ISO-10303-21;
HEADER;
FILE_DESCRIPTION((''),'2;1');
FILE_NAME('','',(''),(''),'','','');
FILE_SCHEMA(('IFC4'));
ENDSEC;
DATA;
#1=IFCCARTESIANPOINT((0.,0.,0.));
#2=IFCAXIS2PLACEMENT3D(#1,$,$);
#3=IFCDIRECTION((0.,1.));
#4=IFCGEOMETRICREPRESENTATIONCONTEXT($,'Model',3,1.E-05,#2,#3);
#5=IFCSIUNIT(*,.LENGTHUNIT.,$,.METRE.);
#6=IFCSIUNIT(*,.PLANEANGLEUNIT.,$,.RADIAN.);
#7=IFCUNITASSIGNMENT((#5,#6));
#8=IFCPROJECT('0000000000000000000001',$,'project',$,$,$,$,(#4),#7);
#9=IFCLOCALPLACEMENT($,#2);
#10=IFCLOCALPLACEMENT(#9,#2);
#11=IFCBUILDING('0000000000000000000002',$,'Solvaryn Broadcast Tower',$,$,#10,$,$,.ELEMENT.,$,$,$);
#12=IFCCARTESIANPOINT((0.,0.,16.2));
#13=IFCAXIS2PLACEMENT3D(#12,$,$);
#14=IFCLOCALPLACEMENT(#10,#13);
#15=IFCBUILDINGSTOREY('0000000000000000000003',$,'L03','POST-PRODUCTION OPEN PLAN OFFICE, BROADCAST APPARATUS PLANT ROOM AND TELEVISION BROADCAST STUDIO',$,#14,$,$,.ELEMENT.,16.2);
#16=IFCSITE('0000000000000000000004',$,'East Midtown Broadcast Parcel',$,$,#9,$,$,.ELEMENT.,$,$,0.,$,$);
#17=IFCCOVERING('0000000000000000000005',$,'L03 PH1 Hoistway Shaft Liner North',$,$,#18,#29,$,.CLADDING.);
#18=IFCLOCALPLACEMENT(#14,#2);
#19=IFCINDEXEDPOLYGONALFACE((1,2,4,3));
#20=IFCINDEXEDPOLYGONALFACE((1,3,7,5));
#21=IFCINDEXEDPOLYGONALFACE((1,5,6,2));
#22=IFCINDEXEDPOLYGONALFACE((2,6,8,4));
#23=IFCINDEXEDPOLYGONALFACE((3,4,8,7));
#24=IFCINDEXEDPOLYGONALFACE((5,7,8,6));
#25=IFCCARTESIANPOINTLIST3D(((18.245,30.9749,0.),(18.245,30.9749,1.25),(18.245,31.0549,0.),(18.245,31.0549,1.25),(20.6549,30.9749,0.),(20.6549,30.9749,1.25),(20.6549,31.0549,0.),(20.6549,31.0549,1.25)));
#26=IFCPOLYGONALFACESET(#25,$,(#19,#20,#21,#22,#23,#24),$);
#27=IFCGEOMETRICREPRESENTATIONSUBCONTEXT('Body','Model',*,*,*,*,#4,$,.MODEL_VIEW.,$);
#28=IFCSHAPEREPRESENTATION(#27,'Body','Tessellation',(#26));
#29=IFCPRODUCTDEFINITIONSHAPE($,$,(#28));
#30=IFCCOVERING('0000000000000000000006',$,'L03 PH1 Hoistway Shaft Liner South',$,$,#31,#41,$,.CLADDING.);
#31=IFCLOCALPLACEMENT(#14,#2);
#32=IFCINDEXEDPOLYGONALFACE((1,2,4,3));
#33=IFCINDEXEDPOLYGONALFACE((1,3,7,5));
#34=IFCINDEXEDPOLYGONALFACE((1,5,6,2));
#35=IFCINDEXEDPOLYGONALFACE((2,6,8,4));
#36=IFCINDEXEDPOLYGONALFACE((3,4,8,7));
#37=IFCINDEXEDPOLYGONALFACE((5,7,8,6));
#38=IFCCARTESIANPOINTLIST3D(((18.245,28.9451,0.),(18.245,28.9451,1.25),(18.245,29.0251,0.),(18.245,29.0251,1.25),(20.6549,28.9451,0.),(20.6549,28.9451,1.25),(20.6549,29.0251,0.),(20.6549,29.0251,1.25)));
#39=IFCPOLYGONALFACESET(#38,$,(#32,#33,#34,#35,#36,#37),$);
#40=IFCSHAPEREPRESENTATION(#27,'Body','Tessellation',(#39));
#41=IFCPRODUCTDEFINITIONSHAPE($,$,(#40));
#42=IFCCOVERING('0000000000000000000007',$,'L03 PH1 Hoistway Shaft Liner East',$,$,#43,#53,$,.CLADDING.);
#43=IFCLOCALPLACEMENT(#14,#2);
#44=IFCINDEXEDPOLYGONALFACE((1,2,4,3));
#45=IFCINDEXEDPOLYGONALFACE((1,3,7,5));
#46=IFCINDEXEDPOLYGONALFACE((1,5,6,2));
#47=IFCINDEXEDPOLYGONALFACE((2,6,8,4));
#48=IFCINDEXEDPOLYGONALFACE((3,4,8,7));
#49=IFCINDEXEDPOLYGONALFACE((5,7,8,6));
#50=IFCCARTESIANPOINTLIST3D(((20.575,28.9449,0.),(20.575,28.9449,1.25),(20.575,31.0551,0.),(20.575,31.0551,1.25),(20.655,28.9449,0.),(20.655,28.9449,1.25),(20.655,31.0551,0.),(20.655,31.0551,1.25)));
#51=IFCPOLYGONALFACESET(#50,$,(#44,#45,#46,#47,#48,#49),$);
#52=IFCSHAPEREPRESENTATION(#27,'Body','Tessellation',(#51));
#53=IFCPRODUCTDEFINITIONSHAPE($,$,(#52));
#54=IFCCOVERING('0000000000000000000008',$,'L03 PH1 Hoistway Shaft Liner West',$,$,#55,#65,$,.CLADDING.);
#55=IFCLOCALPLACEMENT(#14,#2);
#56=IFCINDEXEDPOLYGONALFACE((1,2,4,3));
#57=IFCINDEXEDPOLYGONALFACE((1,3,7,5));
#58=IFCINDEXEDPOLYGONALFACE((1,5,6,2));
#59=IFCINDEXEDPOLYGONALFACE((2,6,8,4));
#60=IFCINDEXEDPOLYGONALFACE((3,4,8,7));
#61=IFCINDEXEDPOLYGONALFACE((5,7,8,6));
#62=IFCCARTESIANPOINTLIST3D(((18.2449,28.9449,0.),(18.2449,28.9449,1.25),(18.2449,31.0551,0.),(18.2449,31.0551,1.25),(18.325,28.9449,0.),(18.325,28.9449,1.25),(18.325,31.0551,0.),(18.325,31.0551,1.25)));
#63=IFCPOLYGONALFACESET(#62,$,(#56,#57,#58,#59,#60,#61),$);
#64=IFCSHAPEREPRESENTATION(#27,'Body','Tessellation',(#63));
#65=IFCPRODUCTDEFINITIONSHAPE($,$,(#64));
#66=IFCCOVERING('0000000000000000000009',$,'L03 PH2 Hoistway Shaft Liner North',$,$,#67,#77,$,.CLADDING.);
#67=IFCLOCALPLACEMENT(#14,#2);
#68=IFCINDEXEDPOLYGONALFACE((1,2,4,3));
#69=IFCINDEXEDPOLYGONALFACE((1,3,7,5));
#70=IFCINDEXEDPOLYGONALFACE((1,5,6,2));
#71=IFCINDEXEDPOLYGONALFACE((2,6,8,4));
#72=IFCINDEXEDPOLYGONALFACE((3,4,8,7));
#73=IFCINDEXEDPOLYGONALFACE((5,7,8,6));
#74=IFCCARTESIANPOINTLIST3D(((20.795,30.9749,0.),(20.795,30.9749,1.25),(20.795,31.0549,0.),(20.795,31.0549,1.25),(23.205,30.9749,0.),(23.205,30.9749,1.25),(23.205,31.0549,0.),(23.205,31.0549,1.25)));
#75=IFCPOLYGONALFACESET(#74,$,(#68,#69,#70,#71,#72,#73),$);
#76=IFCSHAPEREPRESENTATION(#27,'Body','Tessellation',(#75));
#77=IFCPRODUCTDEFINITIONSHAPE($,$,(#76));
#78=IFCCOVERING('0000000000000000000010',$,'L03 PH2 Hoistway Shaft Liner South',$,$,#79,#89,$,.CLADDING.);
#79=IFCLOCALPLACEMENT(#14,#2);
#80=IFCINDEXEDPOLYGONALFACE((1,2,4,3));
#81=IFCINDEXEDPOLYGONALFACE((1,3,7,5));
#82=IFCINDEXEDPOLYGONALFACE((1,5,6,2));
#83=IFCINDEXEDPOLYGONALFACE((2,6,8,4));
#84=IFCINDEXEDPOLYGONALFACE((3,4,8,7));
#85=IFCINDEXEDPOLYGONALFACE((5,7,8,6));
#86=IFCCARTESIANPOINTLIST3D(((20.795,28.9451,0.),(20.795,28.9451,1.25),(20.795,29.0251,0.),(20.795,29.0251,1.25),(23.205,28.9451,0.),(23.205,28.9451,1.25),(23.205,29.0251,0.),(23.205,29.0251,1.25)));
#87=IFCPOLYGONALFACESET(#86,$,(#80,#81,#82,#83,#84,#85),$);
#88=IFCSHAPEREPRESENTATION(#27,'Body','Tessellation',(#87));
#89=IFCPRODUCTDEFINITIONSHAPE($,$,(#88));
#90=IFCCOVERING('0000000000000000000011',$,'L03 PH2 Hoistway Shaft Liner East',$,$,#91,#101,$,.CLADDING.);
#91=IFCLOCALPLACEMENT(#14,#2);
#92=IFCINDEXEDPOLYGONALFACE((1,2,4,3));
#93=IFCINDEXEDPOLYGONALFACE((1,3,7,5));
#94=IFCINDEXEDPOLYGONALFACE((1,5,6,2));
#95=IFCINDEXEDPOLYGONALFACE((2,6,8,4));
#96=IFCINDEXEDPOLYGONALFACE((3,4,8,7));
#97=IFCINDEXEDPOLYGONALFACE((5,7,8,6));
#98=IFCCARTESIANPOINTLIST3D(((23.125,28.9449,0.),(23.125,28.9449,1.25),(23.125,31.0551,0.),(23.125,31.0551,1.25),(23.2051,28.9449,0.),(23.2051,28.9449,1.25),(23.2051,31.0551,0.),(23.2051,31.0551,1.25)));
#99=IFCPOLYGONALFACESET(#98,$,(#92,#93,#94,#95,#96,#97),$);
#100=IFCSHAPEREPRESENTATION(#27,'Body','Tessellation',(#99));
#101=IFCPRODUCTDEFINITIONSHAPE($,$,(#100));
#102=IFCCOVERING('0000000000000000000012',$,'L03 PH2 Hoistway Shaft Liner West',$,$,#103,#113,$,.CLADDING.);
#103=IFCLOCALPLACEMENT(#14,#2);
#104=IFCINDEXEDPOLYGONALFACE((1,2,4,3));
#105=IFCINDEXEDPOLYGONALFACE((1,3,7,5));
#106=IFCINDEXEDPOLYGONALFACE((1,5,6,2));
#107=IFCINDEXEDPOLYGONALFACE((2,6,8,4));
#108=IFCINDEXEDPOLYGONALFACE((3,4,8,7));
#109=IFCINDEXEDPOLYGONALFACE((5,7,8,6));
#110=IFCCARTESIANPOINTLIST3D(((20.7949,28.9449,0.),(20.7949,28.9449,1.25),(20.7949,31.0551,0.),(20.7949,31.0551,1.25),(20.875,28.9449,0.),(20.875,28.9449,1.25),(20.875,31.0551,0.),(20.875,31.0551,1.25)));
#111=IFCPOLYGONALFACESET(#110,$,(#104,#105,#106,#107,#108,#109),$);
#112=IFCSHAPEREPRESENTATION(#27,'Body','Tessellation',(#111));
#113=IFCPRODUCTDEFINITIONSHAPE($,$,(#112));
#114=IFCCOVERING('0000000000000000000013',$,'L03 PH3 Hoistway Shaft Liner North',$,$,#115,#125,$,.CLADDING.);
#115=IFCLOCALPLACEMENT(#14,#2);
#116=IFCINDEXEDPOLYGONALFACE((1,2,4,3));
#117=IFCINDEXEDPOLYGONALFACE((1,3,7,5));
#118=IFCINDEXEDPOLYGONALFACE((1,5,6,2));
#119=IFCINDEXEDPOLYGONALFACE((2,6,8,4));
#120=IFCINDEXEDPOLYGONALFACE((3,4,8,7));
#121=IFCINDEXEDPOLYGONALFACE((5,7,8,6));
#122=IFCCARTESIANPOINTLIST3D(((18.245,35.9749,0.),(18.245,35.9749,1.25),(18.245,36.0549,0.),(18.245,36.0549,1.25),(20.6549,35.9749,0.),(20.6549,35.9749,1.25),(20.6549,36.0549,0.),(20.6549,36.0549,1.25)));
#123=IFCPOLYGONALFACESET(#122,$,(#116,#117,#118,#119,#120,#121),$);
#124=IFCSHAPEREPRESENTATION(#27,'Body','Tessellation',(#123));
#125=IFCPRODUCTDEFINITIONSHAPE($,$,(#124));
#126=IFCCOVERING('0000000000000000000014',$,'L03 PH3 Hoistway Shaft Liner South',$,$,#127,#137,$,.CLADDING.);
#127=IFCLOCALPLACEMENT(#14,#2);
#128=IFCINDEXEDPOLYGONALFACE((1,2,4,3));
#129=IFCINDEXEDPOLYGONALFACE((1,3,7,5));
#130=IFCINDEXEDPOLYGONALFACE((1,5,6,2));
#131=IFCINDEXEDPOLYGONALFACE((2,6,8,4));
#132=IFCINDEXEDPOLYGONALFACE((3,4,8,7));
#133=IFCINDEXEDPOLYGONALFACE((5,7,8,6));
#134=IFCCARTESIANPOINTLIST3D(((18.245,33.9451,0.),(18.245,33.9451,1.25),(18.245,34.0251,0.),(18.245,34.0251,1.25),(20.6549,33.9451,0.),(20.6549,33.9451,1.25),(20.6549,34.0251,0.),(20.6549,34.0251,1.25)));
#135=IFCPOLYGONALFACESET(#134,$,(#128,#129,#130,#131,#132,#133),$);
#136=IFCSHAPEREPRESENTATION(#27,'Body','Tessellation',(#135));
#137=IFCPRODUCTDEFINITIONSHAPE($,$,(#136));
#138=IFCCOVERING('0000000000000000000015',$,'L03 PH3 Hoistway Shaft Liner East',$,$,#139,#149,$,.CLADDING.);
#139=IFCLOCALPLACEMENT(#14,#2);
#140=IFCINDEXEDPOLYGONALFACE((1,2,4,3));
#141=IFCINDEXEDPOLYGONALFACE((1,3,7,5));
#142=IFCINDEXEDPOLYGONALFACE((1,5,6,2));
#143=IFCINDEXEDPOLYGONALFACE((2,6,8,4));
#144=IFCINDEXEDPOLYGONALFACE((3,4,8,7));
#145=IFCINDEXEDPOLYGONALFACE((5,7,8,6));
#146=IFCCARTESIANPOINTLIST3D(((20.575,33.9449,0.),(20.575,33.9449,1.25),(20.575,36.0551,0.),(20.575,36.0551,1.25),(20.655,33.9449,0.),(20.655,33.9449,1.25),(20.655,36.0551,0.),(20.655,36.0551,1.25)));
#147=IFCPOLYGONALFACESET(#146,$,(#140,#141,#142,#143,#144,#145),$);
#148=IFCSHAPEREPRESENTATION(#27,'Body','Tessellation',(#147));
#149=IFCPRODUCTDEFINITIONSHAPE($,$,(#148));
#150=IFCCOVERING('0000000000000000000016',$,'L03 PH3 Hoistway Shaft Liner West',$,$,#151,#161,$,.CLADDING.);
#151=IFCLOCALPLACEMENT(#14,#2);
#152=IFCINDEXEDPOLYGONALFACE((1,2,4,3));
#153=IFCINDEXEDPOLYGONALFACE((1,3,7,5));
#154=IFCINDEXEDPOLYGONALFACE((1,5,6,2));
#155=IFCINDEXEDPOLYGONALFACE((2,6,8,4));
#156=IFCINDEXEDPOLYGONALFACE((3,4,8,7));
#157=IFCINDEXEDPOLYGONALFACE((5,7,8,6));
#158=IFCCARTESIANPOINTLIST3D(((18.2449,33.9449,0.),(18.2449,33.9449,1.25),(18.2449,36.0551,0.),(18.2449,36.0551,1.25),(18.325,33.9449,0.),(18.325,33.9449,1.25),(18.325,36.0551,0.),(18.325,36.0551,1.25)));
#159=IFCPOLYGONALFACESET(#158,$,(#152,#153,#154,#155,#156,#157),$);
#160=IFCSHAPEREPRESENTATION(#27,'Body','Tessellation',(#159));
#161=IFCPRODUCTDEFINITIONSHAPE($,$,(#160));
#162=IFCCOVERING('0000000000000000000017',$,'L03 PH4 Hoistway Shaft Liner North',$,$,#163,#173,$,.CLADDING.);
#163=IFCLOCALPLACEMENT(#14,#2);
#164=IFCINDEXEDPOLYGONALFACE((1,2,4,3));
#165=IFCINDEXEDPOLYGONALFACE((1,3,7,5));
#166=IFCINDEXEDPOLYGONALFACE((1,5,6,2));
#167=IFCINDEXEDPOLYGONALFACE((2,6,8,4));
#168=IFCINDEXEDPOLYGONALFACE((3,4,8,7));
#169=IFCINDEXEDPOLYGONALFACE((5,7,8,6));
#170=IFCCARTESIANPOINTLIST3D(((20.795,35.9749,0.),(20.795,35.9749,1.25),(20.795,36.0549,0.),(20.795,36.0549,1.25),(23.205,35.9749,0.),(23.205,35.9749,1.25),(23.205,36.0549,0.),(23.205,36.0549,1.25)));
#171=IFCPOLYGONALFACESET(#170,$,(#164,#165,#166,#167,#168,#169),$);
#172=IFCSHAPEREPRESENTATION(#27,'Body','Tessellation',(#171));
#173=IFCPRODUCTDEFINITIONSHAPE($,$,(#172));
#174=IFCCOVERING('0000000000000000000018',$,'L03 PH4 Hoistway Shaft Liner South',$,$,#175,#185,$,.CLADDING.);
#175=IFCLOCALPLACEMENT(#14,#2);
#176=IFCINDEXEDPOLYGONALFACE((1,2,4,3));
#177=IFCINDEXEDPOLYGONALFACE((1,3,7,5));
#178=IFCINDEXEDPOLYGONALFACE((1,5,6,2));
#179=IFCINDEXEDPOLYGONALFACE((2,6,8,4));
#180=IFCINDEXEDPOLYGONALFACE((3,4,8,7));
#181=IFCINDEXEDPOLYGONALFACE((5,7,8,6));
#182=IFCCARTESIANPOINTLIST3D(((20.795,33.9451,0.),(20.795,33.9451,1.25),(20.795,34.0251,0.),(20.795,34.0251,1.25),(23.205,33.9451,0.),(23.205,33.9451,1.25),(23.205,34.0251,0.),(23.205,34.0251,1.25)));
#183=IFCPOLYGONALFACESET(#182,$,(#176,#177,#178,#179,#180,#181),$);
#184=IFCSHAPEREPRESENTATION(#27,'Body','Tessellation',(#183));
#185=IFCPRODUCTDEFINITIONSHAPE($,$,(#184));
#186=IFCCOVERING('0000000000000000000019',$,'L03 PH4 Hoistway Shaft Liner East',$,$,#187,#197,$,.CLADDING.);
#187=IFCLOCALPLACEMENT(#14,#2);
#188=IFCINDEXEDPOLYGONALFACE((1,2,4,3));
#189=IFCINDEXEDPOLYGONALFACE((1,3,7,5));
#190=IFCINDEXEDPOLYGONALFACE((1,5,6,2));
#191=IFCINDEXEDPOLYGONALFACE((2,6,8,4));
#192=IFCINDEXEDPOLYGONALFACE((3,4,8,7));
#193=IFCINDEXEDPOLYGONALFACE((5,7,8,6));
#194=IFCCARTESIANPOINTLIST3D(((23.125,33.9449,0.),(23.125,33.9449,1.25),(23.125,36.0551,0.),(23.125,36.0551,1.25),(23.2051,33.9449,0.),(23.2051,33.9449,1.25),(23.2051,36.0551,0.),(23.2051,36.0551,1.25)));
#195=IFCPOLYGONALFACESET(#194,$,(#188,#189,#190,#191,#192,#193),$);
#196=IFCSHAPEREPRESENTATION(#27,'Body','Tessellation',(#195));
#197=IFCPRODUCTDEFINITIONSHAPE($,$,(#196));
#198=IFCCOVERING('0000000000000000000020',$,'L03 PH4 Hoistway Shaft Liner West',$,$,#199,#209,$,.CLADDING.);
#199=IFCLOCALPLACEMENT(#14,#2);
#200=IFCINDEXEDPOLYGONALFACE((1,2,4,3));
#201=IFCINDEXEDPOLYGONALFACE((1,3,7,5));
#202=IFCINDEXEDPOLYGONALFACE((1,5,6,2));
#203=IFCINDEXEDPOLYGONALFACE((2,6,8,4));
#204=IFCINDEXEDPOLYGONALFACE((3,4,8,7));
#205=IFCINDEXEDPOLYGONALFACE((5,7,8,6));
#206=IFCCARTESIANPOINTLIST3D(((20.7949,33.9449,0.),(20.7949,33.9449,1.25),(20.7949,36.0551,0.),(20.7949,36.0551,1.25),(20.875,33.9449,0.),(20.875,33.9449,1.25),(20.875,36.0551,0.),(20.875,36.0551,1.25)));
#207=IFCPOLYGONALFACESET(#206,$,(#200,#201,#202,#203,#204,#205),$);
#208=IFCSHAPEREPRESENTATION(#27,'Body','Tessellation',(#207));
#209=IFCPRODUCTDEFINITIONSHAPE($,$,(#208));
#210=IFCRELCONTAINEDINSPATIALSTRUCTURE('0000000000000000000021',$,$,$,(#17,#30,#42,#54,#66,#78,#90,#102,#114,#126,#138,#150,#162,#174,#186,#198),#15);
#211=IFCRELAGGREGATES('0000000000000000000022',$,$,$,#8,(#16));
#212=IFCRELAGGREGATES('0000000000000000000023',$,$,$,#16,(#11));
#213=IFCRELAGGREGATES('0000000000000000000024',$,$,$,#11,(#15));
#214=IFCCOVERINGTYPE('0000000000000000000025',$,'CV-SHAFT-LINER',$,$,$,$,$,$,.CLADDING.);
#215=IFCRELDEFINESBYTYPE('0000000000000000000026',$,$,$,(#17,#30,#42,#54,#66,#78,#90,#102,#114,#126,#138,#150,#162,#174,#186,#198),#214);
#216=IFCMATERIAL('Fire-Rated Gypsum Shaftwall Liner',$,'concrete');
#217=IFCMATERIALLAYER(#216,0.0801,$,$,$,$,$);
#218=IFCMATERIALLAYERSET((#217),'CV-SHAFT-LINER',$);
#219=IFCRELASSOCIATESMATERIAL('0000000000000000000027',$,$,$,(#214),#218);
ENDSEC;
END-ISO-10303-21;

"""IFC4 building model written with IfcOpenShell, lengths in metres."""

from ifc_helpers import new_model, si_unit, direction, frame, origin, origin_2d, place, context, subcontext, project, spatial, rectangle, extrude, material, layer, layer_set, type_object, element, save


model = new_model("IFC4")

# Units and contexts
model_context = context("Model", 3, precision=1e-05, world=origin(), true_north=direction((0.0, 1.0)))
body_context = subcontext(model_context, "Body", "Model", "MODEL_VIEW")
ifc_project = project(units=[si_unit("LENGTHUNIT", "METRE"), si_unit("PLANEANGLEUNIT", "RADIAN")], contexts=[model_context])

# Site, building, storey
site_placement = place(None, origin())
site = spatial("IfcSite", under=ifc_project, at=site_placement, Name="East Midtown Broadcast Parcel", CompositionType="ELEMENT", RefElevation=0.0)
building_placement = place(site_placement, origin())
building = spatial("IfcBuilding", under=site, at=building_placement, Name="Solvaryn Broadcast Tower", CompositionType="ELEMENT")
storey_placement = place(building_placement, frame((0.0, 0.0, 16.2)))
storey = spatial("IfcBuildingStorey", under=building, at=storey_placement, Name="L03", Description="POST-PRODUCTION OPEN PLAN OFFICE, BROADCAST APPARATUS PLANT ROOM AND TELEVISION BROADCAST STUDIO", CompositionType="ELEMENT", Elevation=16.2)

# Coverings
ifc_material_1 = material(Name="Fire-Rated Gypsum Shaftwall Liner", Category="concrete")
ifc_layer_1 = layer(ifc_material_1, 0.0801)
ifc_layer_set_1 = layer_set([ifc_layer_1], Name="CV-SHAFT-LINER")
covering_type = type_object("IfcCoveringType", Name="CV-SHAFT-LINER", PredefinedType="CLADDING", material=ifc_layer_set_1)
for number, where, z_axis, x_axis, name in (
    (1, (19.45, 31.0149, 0.0), (0.0, 0.0, 1.0), (1.0, 0.0, 0.0), "L03 PH1 Hoistway Shaft Liner North"),
    (2, (19.45, 28.9851, 0.0), (0.0, 0.0, 1.0), (1.0, 0.0, 0.0), "L03 PH1 Hoistway Shaft Liner South"),
):
    element("IfcCovering", number, at=place(storey_placement, frame(where, z_axis=z_axis, x_axis=x_axis)), inside=storey, type_object=covering_type, Name=name, PredefinedType="CLADDING", context=body_context, shape_type="SweptSolid", body=[
        extrude(rectangle(XDim=2.4099, YDim=0.0801, at=origin_2d()), origin(), (0.0, 0.0, 1.0), 1.25),
    ])
for number, where, z_axis, x_axis, name in (
    (3, (20.615, 30.0, 0.0), (0.0, 0.0, 1.0), (1.0, 0.0, 0.0), "L03 PH1 Hoistway Shaft Liner East"),
    (4, (18.2849, 30.0, 0.0), (0.0, 0.0, 1.0), (1.0, 0.0, 0.0), "L03 PH1 Hoistway Shaft Liner West"),
):
    element("IfcCovering", number, at=place(storey_placement, frame(where, z_axis=z_axis, x_axis=x_axis)), inside=storey, type_object=covering_type, Name=name, PredefinedType="CLADDING", context=body_context, shape_type="SweptSolid", body=[
        extrude(rectangle(XDim=0.0801, YDim=2.1101, at=origin_2d()), origin(), (0.0, 0.0, 1.0), 1.25),
    ])
for number, where, z_axis, x_axis, name in (
    (5, (22.0, 31.0149, 0.0), (0.0, 0.0, 1.0), (1.0, 0.0, 0.0), "L03 PH2 Hoistway Shaft Liner North"),
    (6, (22.0, 28.9851, 0.0), (0.0, 0.0, 1.0), (1.0, 0.0, 0.0), "L03 PH2 Hoistway Shaft Liner South"),
):
    element("IfcCovering", number, at=place(storey_placement, frame(where, z_axis=z_axis, x_axis=x_axis)), inside=storey, type_object=covering_type, Name=name, PredefinedType="CLADDING", context=body_context, shape_type="SweptSolid", body=[
        extrude(rectangle(XDim=2.4099, YDim=0.0801, at=origin_2d()), origin(), (0.0, 0.0, 1.0), 1.25),
    ])
for number, where, z_axis, x_axis, name in (
    (7, (23.165, 30.0, 0.0), (0.0, 0.0, 1.0), (1.0, 0.0, 0.0), "L03 PH2 Hoistway Shaft Liner East"),
    (8, (20.835, 30.0, 0.0), (0.0, 0.0, 1.0), (1.0, 0.0, 0.0), "L03 PH2 Hoistway Shaft Liner West"),
):
    element("IfcCovering", number, at=place(storey_placement, frame(where, z_axis=z_axis, x_axis=x_axis)), inside=storey, type_object=covering_type, Name=name, PredefinedType="CLADDING", context=body_context, shape_type="SweptSolid", body=[
        extrude(rectangle(XDim=0.0801, YDim=2.1101, at=origin_2d()), origin(), (0.0, 0.0, 1.0), 1.25),
    ])
for number, where, z_axis, x_axis, name in (
    (9, (19.45, 36.0149, 0.0), (0.0, 0.0, 1.0), (1.0, 0.0, 0.0), "L03 PH3 Hoistway Shaft Liner North"),
    (10, (19.45, 33.9851, 0.0), (0.0, 0.0, 1.0), (1.0, 0.0, 0.0), "L03 PH3 Hoistway Shaft Liner South"),
):
    element("IfcCovering", number, at=place(storey_placement, frame(where, z_axis=z_axis, x_axis=x_axis)), inside=storey, type_object=covering_type, Name=name, PredefinedType="CLADDING", context=body_context, shape_type="SweptSolid", body=[
        extrude(rectangle(XDim=2.4099, YDim=0.0801, at=origin_2d()), origin(), (0.0, 0.0, 1.0), 1.25),
    ])
for number, where, z_axis, x_axis, name in (
    (11, (20.615, 35.0, 0.0), (0.0, 0.0, 1.0), (1.0, 0.0, 0.0), "L03 PH3 Hoistway Shaft Liner East"),
    (12, (18.2849, 35.0, 0.0), (0.0, 0.0, 1.0), (1.0, 0.0, 0.0), "L03 PH3 Hoistway Shaft Liner West"),
):
    element("IfcCovering", number, at=place(storey_placement, frame(where, z_axis=z_axis, x_axis=x_axis)), inside=storey, type_object=covering_type, Name=name, PredefinedType="CLADDING", context=body_context, shape_type="SweptSolid", body=[
        extrude(rectangle(XDim=0.0801, YDim=2.1101, at=origin_2d()), origin(), (0.0, 0.0, 1.0), 1.25),
    ])
for number, where, z_axis, x_axis, name in (
    (13, (22.0, 36.0149, 0.0), (0.0, 0.0, 1.0), (1.0, 0.0, 0.0), "L03 PH4 Hoistway Shaft Liner North"),
    (14, (22.0, 33.9851, 0.0), (0.0, 0.0, 1.0), (1.0, 0.0, 0.0), "L03 PH4 Hoistway Shaft Liner South"),
):
    element("IfcCovering", number, at=place(storey_placement, frame(where, z_axis=z_axis, x_axis=x_axis)), inside=storey, type_object=covering_type, Name=name, PredefinedType="CLADDING", context=body_context, shape_type="SweptSolid", body=[
        extrude(rectangle(XDim=2.4099, YDim=0.0801, at=origin_2d()), origin(), (0.0, 0.0, 1.0), 1.25),
    ])
for number, where, z_axis, x_axis, name in (
    (15, (23.165, 35.0, 0.0), (0.0, 0.0, 1.0), (1.0, 0.0, 0.0), "L03 PH4 Hoistway Shaft Liner East"),
    (16, (20.835, 35.0, 0.0), (0.0, 0.0, 1.0), (1.0, 0.0, 0.0), "L03 PH4 Hoistway Shaft Liner West"),
):
    element("IfcCovering", number, at=place(storey_placement, frame(where, z_axis=z_axis, x_axis=x_axis)), inside=storey, type_object=covering_type, Name=name, PredefinedType="CLADDING", context=body_context, shape_type="SweptSolid", body=[
        extrude(rectangle(XDim=0.0801, YDim=2.1101, at=origin_2d()), origin(), (0.0, 0.0, 1.0), 1.25),
    ])

save(model, "model.ifc")
